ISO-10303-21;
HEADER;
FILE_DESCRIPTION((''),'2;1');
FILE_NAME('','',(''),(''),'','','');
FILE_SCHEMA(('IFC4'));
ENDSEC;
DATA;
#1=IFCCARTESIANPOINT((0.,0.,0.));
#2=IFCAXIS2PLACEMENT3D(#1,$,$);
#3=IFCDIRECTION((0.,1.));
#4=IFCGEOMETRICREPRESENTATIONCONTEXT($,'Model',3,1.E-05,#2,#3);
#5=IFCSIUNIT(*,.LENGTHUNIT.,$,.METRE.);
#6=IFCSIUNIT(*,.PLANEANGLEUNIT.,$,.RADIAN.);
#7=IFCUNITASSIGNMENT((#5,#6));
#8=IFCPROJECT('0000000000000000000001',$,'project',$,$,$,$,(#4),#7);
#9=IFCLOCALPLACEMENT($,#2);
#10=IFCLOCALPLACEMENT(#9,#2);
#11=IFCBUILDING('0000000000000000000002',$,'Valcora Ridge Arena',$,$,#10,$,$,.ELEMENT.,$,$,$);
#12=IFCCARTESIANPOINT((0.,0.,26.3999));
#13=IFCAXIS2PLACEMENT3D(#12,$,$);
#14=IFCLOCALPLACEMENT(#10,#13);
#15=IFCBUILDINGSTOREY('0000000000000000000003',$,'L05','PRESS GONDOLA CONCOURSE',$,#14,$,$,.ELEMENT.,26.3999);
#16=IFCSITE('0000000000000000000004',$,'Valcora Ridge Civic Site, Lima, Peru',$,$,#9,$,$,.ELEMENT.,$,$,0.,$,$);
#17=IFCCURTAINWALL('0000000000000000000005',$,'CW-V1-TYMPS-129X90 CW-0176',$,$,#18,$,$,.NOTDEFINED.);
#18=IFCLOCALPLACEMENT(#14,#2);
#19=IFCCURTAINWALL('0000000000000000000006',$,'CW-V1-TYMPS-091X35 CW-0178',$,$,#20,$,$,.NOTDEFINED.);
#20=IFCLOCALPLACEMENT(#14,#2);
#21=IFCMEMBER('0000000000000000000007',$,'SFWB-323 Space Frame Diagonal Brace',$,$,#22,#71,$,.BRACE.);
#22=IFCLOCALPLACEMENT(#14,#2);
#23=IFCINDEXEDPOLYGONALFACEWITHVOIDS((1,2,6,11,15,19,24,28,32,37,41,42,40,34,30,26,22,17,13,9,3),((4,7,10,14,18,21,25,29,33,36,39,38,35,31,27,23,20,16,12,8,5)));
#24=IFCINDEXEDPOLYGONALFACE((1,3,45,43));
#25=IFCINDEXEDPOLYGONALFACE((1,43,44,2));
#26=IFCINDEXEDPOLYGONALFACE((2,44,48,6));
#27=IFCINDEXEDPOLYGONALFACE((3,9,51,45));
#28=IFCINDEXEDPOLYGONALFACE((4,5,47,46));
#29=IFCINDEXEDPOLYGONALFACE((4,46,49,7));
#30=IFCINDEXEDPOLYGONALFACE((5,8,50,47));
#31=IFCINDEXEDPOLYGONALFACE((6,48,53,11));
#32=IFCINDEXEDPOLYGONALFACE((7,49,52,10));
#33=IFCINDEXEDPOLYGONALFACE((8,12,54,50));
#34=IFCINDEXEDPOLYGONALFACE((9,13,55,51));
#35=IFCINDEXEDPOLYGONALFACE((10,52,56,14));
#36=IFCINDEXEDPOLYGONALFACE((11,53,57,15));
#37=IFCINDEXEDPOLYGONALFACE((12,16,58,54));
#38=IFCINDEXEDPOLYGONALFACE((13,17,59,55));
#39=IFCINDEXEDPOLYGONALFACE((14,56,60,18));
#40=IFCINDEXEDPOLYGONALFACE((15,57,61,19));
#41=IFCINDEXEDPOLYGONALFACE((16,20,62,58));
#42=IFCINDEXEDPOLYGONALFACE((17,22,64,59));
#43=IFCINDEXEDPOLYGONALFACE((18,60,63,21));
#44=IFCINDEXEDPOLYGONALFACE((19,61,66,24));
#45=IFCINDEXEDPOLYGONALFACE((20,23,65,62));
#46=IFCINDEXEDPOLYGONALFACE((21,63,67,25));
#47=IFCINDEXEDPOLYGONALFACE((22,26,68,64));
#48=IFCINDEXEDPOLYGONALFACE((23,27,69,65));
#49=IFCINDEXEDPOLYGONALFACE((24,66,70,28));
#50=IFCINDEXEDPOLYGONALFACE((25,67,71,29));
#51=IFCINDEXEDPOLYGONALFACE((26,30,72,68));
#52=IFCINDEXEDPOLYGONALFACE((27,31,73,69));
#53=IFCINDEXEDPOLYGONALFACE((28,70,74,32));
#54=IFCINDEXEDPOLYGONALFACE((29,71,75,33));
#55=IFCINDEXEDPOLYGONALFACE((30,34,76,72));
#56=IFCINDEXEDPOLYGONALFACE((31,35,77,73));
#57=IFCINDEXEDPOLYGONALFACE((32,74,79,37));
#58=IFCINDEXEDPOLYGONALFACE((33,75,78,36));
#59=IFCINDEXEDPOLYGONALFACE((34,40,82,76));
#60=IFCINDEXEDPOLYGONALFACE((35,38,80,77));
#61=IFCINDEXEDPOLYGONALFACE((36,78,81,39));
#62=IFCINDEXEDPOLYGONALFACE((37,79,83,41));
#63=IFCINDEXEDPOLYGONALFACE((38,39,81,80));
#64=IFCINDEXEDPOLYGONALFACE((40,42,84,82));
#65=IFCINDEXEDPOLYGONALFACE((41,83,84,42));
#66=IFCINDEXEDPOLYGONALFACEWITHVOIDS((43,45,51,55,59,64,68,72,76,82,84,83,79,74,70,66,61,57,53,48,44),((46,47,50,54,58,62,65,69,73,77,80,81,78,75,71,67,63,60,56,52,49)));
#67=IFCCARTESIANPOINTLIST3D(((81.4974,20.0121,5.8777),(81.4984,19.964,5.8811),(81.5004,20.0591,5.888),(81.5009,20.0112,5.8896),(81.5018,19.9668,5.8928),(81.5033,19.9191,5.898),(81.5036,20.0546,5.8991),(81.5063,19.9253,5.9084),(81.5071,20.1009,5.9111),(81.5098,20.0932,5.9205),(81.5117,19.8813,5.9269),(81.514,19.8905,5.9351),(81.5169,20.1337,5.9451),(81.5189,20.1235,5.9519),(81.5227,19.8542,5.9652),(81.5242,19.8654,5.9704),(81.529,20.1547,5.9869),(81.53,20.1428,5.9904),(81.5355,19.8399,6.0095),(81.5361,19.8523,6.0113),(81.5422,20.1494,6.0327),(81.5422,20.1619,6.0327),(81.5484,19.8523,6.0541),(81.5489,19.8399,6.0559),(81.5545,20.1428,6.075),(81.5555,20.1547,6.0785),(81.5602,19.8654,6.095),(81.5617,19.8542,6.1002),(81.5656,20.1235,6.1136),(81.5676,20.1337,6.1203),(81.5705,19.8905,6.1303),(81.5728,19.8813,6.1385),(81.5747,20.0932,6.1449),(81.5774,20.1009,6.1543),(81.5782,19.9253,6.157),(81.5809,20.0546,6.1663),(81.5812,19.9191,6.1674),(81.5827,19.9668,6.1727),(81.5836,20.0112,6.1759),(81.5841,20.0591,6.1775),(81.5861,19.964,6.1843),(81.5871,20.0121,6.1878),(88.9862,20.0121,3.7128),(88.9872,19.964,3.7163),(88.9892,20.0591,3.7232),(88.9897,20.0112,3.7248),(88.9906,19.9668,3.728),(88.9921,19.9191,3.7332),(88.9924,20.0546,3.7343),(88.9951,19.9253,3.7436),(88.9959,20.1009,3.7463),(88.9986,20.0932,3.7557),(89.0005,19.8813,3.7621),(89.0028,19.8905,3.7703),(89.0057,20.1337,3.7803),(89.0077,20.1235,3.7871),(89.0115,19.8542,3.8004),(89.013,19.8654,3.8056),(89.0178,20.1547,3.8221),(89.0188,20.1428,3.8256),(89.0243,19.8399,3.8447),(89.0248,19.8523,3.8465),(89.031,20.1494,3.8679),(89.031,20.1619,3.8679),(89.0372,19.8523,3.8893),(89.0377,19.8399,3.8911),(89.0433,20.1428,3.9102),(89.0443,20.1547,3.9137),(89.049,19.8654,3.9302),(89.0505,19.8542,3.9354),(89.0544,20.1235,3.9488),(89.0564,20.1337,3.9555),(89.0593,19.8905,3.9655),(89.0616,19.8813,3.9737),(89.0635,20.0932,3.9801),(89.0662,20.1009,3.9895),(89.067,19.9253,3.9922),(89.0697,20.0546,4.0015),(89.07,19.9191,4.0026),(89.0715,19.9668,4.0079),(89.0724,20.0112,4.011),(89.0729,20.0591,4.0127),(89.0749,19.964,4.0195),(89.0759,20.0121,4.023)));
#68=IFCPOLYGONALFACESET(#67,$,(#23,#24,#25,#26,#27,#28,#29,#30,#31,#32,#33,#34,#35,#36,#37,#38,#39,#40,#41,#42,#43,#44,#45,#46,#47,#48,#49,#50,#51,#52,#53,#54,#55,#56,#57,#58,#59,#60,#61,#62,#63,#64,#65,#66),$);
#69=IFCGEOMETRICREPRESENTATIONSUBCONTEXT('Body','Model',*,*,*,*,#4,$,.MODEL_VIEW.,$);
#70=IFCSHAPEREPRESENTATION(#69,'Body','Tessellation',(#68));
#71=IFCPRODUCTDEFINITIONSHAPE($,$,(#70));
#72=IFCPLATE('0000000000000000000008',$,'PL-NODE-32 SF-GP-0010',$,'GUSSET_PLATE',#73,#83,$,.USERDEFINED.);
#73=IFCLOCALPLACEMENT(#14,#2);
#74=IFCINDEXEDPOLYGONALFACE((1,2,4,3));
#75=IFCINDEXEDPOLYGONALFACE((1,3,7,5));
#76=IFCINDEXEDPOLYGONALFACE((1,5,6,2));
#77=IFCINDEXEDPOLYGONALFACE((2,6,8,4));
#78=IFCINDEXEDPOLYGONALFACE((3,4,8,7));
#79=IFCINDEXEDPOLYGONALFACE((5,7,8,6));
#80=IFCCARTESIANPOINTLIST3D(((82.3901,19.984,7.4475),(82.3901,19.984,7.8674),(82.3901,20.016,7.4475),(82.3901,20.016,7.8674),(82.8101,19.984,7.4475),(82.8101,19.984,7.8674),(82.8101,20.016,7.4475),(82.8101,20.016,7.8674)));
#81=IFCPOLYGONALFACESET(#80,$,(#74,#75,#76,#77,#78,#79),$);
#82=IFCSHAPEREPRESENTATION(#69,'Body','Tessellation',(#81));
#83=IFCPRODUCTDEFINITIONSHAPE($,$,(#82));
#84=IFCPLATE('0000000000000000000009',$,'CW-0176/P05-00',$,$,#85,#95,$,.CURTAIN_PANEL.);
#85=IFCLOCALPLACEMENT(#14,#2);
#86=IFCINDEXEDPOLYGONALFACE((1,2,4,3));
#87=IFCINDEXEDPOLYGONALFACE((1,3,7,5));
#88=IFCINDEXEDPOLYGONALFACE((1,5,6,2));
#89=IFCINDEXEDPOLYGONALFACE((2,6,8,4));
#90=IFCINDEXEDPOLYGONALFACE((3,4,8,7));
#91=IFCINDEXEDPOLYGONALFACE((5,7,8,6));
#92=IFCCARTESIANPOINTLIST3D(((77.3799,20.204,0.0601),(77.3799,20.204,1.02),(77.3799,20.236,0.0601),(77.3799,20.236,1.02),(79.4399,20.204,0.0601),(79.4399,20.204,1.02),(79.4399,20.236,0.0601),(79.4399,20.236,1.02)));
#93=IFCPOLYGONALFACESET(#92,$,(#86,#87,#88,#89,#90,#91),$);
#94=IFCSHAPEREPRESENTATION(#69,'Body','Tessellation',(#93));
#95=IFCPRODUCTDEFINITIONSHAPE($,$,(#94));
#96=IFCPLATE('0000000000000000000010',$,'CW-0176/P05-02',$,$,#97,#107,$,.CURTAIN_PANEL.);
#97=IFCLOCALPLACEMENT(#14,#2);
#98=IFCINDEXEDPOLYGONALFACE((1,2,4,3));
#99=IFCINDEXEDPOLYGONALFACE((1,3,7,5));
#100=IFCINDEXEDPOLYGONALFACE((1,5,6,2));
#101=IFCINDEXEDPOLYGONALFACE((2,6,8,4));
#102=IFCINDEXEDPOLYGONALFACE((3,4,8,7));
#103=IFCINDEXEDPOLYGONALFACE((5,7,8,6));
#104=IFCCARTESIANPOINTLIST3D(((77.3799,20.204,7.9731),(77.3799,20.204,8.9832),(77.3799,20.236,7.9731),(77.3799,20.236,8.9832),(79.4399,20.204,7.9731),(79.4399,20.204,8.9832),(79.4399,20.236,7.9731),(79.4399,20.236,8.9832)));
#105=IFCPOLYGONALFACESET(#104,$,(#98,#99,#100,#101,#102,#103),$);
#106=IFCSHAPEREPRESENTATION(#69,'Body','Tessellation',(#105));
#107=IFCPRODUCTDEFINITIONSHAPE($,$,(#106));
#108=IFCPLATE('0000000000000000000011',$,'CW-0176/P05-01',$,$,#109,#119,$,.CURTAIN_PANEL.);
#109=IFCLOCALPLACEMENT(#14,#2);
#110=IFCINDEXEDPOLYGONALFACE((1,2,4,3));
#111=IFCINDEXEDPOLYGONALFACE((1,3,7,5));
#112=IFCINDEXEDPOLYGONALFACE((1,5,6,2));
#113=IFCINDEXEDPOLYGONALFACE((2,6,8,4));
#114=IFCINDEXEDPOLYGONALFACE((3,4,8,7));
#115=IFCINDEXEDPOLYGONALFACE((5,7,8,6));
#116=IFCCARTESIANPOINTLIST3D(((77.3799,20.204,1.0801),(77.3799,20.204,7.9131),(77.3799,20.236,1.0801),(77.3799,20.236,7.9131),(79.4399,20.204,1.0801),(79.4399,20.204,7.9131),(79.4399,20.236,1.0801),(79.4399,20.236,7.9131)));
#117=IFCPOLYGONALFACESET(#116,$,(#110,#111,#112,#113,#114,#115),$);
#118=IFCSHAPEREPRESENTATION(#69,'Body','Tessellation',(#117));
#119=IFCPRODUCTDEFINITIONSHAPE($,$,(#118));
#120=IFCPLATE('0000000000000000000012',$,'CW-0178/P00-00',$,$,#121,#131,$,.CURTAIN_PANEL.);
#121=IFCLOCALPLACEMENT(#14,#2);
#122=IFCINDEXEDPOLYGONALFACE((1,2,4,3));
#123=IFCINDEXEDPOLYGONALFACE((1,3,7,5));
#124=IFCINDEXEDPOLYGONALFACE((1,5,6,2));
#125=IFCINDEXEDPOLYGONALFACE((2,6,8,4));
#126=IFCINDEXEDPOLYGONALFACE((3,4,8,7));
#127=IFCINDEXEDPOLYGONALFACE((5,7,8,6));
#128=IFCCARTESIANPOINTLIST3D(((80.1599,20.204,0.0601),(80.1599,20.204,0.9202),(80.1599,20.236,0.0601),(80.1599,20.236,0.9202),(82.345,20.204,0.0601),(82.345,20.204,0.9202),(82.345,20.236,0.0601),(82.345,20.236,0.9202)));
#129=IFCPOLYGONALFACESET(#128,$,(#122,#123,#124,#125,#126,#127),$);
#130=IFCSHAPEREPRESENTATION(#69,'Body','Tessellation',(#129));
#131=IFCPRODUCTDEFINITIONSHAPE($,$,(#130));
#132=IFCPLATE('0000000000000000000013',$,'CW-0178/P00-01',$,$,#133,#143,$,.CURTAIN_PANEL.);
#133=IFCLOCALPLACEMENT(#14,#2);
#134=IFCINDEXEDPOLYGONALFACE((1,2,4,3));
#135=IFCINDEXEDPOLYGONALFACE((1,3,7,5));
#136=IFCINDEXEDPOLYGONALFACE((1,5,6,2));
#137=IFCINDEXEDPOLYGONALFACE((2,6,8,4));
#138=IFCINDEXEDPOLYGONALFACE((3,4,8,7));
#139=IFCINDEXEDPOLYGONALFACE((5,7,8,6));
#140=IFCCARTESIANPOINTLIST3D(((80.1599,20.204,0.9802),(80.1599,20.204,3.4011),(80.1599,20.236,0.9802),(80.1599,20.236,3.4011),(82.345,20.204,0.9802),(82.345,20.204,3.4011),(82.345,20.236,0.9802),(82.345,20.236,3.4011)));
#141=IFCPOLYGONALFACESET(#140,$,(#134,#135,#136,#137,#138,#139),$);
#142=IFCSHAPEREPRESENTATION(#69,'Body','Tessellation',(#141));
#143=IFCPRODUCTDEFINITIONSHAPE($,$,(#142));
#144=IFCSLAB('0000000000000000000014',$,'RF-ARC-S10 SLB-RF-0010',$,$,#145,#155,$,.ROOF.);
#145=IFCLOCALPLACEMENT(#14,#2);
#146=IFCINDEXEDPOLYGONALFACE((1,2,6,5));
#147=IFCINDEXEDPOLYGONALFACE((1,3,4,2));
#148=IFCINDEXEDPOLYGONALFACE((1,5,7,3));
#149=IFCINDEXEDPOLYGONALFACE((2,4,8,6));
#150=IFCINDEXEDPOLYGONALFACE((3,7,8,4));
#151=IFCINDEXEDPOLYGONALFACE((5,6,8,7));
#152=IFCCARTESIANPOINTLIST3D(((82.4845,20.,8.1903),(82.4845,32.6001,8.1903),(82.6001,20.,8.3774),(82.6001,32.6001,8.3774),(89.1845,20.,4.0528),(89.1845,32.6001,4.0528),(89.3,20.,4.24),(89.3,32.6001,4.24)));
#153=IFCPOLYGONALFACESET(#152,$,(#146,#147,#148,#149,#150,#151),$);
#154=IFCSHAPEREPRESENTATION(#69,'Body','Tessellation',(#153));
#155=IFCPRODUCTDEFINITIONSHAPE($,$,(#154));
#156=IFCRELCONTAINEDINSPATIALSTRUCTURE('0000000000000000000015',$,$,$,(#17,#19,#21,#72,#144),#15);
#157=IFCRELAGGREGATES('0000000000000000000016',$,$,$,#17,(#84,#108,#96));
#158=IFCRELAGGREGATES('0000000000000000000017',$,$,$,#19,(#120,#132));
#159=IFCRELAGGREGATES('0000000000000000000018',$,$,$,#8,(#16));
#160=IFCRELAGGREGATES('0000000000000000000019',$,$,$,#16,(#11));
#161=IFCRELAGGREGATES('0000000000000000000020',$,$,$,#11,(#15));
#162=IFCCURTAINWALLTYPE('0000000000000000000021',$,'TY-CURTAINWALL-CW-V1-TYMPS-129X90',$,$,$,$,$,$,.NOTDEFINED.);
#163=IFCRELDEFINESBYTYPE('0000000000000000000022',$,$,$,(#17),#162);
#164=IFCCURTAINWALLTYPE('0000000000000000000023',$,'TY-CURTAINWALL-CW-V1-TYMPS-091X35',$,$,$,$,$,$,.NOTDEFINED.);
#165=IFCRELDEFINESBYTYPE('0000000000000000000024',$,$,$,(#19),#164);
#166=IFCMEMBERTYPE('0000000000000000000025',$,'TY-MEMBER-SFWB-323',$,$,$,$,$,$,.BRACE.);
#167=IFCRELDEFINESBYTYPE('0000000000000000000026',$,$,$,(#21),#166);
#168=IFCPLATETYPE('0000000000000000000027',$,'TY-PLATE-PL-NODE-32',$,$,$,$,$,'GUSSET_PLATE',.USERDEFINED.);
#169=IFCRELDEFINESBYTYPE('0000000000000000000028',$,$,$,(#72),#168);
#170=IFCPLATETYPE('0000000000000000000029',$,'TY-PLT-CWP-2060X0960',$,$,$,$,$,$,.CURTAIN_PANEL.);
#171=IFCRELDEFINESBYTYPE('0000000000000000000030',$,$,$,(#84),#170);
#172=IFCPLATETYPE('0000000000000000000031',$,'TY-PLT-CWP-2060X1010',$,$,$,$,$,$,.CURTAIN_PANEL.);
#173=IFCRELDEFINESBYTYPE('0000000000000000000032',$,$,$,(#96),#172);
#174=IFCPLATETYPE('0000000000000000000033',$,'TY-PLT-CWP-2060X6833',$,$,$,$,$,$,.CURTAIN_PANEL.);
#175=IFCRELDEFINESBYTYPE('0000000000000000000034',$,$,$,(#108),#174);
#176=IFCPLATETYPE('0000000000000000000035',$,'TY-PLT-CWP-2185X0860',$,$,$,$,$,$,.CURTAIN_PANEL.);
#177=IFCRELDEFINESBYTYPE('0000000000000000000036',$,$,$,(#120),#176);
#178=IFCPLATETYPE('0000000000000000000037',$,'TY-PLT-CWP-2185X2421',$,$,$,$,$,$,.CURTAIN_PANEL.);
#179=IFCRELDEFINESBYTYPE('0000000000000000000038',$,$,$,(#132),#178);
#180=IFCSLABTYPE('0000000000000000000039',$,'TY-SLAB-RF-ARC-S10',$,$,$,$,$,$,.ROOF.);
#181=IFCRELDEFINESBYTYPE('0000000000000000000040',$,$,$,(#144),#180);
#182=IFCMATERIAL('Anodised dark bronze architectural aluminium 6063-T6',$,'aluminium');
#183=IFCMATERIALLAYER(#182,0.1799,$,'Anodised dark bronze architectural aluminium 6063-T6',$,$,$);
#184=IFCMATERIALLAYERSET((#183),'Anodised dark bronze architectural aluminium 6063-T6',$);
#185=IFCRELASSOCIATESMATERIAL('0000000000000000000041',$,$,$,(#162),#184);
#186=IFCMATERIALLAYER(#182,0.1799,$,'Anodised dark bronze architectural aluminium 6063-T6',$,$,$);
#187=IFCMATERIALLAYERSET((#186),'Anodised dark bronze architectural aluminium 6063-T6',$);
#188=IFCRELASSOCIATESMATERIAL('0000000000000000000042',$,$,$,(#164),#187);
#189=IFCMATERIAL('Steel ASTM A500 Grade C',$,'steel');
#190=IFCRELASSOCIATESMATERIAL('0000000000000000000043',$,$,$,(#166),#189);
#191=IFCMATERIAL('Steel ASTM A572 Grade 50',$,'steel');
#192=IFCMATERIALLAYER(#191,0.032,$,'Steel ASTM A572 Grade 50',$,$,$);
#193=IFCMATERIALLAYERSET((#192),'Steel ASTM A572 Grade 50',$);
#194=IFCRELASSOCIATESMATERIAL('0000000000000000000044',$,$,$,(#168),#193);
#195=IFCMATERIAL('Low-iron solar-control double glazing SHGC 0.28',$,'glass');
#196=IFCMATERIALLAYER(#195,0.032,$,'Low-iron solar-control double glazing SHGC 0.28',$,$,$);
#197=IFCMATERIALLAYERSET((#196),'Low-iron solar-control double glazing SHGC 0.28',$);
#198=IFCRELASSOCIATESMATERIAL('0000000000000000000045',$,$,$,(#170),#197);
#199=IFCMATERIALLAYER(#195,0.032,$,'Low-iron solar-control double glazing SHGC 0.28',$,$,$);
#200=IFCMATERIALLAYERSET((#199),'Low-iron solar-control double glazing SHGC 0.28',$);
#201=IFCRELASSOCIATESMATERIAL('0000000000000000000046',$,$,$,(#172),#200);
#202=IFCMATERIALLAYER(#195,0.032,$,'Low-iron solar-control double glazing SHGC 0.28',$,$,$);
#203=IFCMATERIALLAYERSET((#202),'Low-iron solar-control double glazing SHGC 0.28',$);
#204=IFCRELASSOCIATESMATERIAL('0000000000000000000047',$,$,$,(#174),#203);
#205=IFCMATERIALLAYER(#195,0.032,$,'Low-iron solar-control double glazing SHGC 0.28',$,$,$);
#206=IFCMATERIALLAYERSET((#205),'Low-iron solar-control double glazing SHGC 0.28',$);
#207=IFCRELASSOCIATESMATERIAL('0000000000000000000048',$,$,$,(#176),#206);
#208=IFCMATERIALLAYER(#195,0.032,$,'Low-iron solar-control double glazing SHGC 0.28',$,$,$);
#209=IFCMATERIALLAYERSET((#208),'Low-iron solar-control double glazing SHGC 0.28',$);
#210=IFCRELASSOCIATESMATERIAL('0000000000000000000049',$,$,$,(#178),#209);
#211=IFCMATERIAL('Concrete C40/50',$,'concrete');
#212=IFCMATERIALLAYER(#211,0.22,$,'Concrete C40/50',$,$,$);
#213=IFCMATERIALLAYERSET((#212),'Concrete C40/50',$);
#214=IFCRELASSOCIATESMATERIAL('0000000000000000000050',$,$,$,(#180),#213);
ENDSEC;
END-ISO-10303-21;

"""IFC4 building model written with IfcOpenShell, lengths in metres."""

from ifc_helpers import new_model, si_unit, direction, frame, origin, origin_2d, place, context, subcontext, project, spatial, polyline, rectangle, hollow_circle, outline, extrude, material, layer, layer_set, material_profile, profile_set, type_object, element, aggregate, save


model = new_model("IFC4")

# Units and contexts
model_context = context("Model", 3, precision=1e-05, world=origin(), true_north=direction((0.0, 1.0)))
body_context = subcontext(model_context, "Body", "Model", "MODEL_VIEW")
ifc_project = project(units=[si_unit("LENGTHUNIT", "METRE"), si_unit("PLANEANGLEUNIT", "RADIAN")], contexts=[model_context])

# Site, building, storey
site_placement = place(None, origin())
site = spatial("IfcSite", under=ifc_project, at=site_placement, Name="Valcora Ridge Civic Site, Lima, Peru", CompositionType="ELEMENT", RefElevation=0.0)
building_placement = place(site_placement, origin())
building = spatial("IfcBuilding", under=site, at=building_placement, Name="Valcora Ridge Arena", CompositionType="ELEMENT")
storey_placement = place(building_placement, frame((0.0, 0.0, 26.3999)))
storey = spatial("IfcBuildingStorey", under=building, at=storey_placement, Name="L05", Description="PRESS GONDOLA CONCOURSE", CompositionType="ELEMENT", Elevation=26.3999)

# Curtain walls
ifc_material_1 = material(Name="Anodised dark bronze architectural aluminium 6063-T6", Category="aluminium")
ifc_layer_1 = layer(ifc_material_1, 0.1799, Name="Anodised dark bronze architectural aluminium 6063-T6")
ifc_layer_set_1 = layer_set([ifc_layer_1], Name="Anodised dark bronze architectural aluminium 6063-T6")
curtain_wall_type_1 = type_object("IfcCurtainWallType", Name="TY-CURTAINWALL-CW-V1-TYMPS-129X90", PredefinedType="NOTDEFINED", material=ifc_layer_set_1)
curtain_wall_1_placement = place(storey_placement, origin())
curtain_wall_1 = element("IfcCurtainWall", 1, at=curtain_wall_1_placement, inside=storey, type_object=curtain_wall_type_1, Name="CW-V1-TYMPS-129X90 CW-0176", PredefinedType="NOTDEFINED")
ifc_layer_2 = layer(ifc_material_1, 0.1799, Name="Anodised dark bronze architectural aluminium 6063-T6")
ifc_layer_set_2 = layer_set([ifc_layer_2], Name="Anodised dark bronze architectural aluminium 6063-T6")
curtain_wall_type_2 = type_object("IfcCurtainWallType", Name="TY-CURTAINWALL-CW-V1-TYMPS-091X35", PredefinedType="NOTDEFINED", material=ifc_layer_set_2)
curtain_wall_2_placement = place(storey_placement, origin())
curtain_wall_2 = element("IfcCurtainWall", 2, at=curtain_wall_2_placement, inside=storey, type_object=curtain_wall_type_2, Name="CW-V1-TYMPS-091X35 CW-0178", PredefinedType="NOTDEFINED")

# Member
ifc_material_2 = material(Name="Steel ASTM A500 Grade C", Category="steel")
ifc_material_profile_1 = material_profile(ifc_material_2, hollow_circle(Radius=0.1619, WallThickness=0.0125, at=origin_2d()), Name="CHS323X12")
ifc_profile_set_1 = profile_set([ifc_material_profile_1], Name="Steel ASTM A500 Grade C")
member_type_1 = type_object("IfcMemberType", Name="TY-MEMBER-SFWB-323", PredefinedType="BRACE", material=ifc_profile_set_1)
member_1_placement = place(storey_placement, frame((81.5422, 20.0, 6.0327), z_axis=(0.960667, 0.0, -0.277702), x_axis=(0.0, 1.0, 0.0)))
element("IfcMember", 3, at=member_1_placement, inside=storey, type_object=member_type_1, Name="SFWB-323 Space Frame Diagonal Brace", PredefinedType="BRACE", context=body_context, shape_type="SweptSolid", body=[
    extrude(hollow_circle(Radius=0.1619, WallThickness=0.0125, at=origin_2d()), origin(), (0.0, 0.0, 1.0), 7.7954),
])

# Plates
ifc_material_3 = material(Name="Steel ASTM A572 Grade 50", Category="steel")
ifc_layer_3 = layer(ifc_material_3, 0.032, Name="Steel ASTM A572 Grade 50")
ifc_layer_set_3 = layer_set([ifc_layer_3], Name="Steel ASTM A572 Grade 50")
plate_type_1 = type_object("IfcPlateType", Name="TY-PLATE-PL-NODE-32", ElementType="GUSSET_PLATE", PredefinedType="USERDEFINED", material=ifc_layer_set_3)
plate_1_placement = place(storey_placement, frame((82.6001, 20.0, 7.4475), z_axis=(0.0, 0.0, 1.0), x_axis=(1.0, 0.0, 0.0)))
element("IfcPlate", 4, at=plate_1_placement, inside=storey, type_object=plate_type_1, Name="PL-NODE-32 SF-GP-0010", ObjectType="GUSSET_PLATE", PredefinedType="USERDEFINED", context=body_context, shape_type="SweptSolid", body=[
    extrude(rectangle(XDim=0.4199, YDim=0.032, at=origin_2d()), origin(), (0.0, 0.0, 1.0), 0.4199),
])
ifc_material_4 = material(Name="Low-iron solar-control double glazing SHGC 0.28", Category="glass")
ifc_layer_4 = layer(ifc_material_4, 0.032, Name="Low-iron solar-control double glazing SHGC 0.28")
ifc_layer_set_4 = layer_set([ifc_layer_4], Name="Low-iron solar-control double glazing SHGC 0.28")
plate_type_2 = type_object("IfcPlateType", Name="TY-PLT-CWP-2060X0960", PredefinedType="CURTAIN_PANEL", material=ifc_layer_set_4)
plate_2_placement = place(storey_placement, frame((78.4099, 20.22, 0.0601), z_axis=(0.0, 0.0, 1.0), x_axis=(1.0, 0.0, 0.0)))
plate_2 = element("IfcPlate", 5, at=plate_2_placement, type_object=plate_type_2, Name="CW-0176/P05-00", PredefinedType="CURTAIN_PANEL", context=body_context, shape_type="SweptSolid", body=[
    extrude(rectangle(XDim=2.0601, YDim=0.032, at=origin_2d()), origin(), (0.0, 0.0, 1.0), 0.96),
])
ifc_layer_5 = layer(ifc_material_4, 0.032, Name="Low-iron solar-control double glazing SHGC 0.28")
ifc_layer_set_5 = layer_set([ifc_layer_5], Name="Low-iron solar-control double glazing SHGC 0.28")
plate_type_3 = type_object("IfcPlateType", Name="TY-PLT-CWP-2060X1010", PredefinedType="CURTAIN_PANEL", material=ifc_layer_set_5)
plate_3_placement = place(storey_placement, frame((78.4099, 20.22, 7.9731), z_axis=(0.0, 0.0, 1.0), x_axis=(1.0, 0.0, 0.0)))
plate_3 = element("IfcPlate", 6, at=plate_3_placement, type_object=plate_type_3, Name="CW-0176/P05-02", PredefinedType="CURTAIN_PANEL", context=body_context, shape_type="SweptSolid", body=[
    extrude(rectangle(XDim=2.0601, YDim=0.032, at=origin_2d()), origin(), (0.0, 0.0, 1.0), 1.01),
])
ifc_layer_6 = layer(ifc_material_4, 0.032, Name="Low-iron solar-control double glazing SHGC 0.28")
ifc_layer_set_6 = layer_set([ifc_layer_6], Name="Low-iron solar-control double glazing SHGC 0.28")
plate_type_4 = type_object("IfcPlateType", Name="TY-PLT-CWP-2060X6833", PredefinedType="CURTAIN_PANEL", material=ifc_layer_set_6)
plate_4_placement = place(storey_placement, frame((78.4099, 20.22, 1.0801), z_axis=(0.0, 0.0, 1.0), x_axis=(1.0, 0.0, 0.0)))
plate_4 = element("IfcPlate", 7, at=plate_4_placement, type_object=plate_type_4, Name="CW-0176/P05-01", PredefinedType="CURTAIN_PANEL", context=body_context, shape_type="SweptSolid", body=[
    extrude(rectangle(XDim=2.0601, YDim=0.032, at=origin_2d()), origin(), (0.0, 0.0, 1.0), 6.833),
])
aggregate(curtain_wall_1, [plate_2, plate_4, plate_3])
ifc_layer_7 = layer(ifc_material_4, 0.032, Name="Low-iron solar-control double glazing SHGC 0.28")
ifc_layer_set_7 = layer_set([ifc_layer_7], Name="Low-iron solar-control double glazing SHGC 0.28")
plate_type_5 = type_object("IfcPlateType", Name="TY-PLT-CWP-2185X0860", PredefinedType="CURTAIN_PANEL", material=ifc_layer_set_7)
plate_5_placement = place(storey_placement, frame((81.2524, 20.22, 0.0601), z_axis=(0.0, 0.0, 1.0), x_axis=(1.0, 0.0, 0.0)))
plate_5 = element("IfcPlate", 8, at=plate_5_placement, type_object=plate_type_5, Name="CW-0178/P00-00", PredefinedType="CURTAIN_PANEL", context=body_context, shape_type="SweptSolid", body=[
    extrude(rectangle(XDim=2.1851, YDim=0.032, at=origin_2d()), origin(), (0.0, 0.0, 1.0), 0.8601),
])
ifc_layer_8 = layer(ifc_material_4, 0.032, Name="Low-iron solar-control double glazing SHGC 0.28")
ifc_layer_set_8 = layer_set([ifc_layer_8], Name="Low-iron solar-control double glazing SHGC 0.28")
plate_type_6 = type_object("IfcPlateType", Name="TY-PLT-CWP-2185X2421", PredefinedType="CURTAIN_PANEL", material=ifc_layer_set_8)
plate_6_placement = place(storey_placement, frame((81.2524, 20.22, 0.9802), z_axis=(0.0, 0.0, 1.0), x_axis=(1.0, 0.0, 0.0)))
plate_6 = element("IfcPlate", 9, at=plate_6_placement, type_object=plate_type_6, Name="CW-0178/P00-01", PredefinedType="CURTAIN_PANEL", context=body_context, shape_type="SweptSolid", body=[
    extrude(rectangle(XDim=2.1851, YDim=0.032, at=origin_2d()), origin(), (0.0, 0.0, 1.0), 2.4209),
])
aggregate(curtain_wall_2, [plate_5, plate_6])

# Slab
ifc_material_5 = material(Name="Concrete C40/50", Category="concrete")
ifc_layer_9 = layer(ifc_material_5, 0.22, Name="Concrete C40/50")
ifc_layer_set_9 = layer_set([ifc_layer_9], Name="Concrete C40/50")
slab_type = type_object("IfcSlabType", Name="TY-SLAB-RF-ARC-S10", PredefinedType="ROOF", material=ifc_layer_set_9)
slab_placement = place(storey_placement, frame((82.6001, 20.0, 8.3774), z_axis=(0.525424, 0.0, 0.850841), x_axis=(0.850841, 0.0, -0.525424)))
element("IfcSlab", 10, at=slab_placement, inside=storey, type_object=slab_type, Name="RF-ARC-S10 SLB-RF-0010", PredefinedType="ROOF", context=body_context, shape_type="SweptSolid", body=[
    extrude(outline(polyline([(0.0, 0.0), (7.8745, 0.0), (7.8745, 12.6001), (0.0, 12.6001), (0.0, 0.0)])), origin(), (0.0, 0.0, -1.0), 0.22),
])

save(model, "model.ifc")
